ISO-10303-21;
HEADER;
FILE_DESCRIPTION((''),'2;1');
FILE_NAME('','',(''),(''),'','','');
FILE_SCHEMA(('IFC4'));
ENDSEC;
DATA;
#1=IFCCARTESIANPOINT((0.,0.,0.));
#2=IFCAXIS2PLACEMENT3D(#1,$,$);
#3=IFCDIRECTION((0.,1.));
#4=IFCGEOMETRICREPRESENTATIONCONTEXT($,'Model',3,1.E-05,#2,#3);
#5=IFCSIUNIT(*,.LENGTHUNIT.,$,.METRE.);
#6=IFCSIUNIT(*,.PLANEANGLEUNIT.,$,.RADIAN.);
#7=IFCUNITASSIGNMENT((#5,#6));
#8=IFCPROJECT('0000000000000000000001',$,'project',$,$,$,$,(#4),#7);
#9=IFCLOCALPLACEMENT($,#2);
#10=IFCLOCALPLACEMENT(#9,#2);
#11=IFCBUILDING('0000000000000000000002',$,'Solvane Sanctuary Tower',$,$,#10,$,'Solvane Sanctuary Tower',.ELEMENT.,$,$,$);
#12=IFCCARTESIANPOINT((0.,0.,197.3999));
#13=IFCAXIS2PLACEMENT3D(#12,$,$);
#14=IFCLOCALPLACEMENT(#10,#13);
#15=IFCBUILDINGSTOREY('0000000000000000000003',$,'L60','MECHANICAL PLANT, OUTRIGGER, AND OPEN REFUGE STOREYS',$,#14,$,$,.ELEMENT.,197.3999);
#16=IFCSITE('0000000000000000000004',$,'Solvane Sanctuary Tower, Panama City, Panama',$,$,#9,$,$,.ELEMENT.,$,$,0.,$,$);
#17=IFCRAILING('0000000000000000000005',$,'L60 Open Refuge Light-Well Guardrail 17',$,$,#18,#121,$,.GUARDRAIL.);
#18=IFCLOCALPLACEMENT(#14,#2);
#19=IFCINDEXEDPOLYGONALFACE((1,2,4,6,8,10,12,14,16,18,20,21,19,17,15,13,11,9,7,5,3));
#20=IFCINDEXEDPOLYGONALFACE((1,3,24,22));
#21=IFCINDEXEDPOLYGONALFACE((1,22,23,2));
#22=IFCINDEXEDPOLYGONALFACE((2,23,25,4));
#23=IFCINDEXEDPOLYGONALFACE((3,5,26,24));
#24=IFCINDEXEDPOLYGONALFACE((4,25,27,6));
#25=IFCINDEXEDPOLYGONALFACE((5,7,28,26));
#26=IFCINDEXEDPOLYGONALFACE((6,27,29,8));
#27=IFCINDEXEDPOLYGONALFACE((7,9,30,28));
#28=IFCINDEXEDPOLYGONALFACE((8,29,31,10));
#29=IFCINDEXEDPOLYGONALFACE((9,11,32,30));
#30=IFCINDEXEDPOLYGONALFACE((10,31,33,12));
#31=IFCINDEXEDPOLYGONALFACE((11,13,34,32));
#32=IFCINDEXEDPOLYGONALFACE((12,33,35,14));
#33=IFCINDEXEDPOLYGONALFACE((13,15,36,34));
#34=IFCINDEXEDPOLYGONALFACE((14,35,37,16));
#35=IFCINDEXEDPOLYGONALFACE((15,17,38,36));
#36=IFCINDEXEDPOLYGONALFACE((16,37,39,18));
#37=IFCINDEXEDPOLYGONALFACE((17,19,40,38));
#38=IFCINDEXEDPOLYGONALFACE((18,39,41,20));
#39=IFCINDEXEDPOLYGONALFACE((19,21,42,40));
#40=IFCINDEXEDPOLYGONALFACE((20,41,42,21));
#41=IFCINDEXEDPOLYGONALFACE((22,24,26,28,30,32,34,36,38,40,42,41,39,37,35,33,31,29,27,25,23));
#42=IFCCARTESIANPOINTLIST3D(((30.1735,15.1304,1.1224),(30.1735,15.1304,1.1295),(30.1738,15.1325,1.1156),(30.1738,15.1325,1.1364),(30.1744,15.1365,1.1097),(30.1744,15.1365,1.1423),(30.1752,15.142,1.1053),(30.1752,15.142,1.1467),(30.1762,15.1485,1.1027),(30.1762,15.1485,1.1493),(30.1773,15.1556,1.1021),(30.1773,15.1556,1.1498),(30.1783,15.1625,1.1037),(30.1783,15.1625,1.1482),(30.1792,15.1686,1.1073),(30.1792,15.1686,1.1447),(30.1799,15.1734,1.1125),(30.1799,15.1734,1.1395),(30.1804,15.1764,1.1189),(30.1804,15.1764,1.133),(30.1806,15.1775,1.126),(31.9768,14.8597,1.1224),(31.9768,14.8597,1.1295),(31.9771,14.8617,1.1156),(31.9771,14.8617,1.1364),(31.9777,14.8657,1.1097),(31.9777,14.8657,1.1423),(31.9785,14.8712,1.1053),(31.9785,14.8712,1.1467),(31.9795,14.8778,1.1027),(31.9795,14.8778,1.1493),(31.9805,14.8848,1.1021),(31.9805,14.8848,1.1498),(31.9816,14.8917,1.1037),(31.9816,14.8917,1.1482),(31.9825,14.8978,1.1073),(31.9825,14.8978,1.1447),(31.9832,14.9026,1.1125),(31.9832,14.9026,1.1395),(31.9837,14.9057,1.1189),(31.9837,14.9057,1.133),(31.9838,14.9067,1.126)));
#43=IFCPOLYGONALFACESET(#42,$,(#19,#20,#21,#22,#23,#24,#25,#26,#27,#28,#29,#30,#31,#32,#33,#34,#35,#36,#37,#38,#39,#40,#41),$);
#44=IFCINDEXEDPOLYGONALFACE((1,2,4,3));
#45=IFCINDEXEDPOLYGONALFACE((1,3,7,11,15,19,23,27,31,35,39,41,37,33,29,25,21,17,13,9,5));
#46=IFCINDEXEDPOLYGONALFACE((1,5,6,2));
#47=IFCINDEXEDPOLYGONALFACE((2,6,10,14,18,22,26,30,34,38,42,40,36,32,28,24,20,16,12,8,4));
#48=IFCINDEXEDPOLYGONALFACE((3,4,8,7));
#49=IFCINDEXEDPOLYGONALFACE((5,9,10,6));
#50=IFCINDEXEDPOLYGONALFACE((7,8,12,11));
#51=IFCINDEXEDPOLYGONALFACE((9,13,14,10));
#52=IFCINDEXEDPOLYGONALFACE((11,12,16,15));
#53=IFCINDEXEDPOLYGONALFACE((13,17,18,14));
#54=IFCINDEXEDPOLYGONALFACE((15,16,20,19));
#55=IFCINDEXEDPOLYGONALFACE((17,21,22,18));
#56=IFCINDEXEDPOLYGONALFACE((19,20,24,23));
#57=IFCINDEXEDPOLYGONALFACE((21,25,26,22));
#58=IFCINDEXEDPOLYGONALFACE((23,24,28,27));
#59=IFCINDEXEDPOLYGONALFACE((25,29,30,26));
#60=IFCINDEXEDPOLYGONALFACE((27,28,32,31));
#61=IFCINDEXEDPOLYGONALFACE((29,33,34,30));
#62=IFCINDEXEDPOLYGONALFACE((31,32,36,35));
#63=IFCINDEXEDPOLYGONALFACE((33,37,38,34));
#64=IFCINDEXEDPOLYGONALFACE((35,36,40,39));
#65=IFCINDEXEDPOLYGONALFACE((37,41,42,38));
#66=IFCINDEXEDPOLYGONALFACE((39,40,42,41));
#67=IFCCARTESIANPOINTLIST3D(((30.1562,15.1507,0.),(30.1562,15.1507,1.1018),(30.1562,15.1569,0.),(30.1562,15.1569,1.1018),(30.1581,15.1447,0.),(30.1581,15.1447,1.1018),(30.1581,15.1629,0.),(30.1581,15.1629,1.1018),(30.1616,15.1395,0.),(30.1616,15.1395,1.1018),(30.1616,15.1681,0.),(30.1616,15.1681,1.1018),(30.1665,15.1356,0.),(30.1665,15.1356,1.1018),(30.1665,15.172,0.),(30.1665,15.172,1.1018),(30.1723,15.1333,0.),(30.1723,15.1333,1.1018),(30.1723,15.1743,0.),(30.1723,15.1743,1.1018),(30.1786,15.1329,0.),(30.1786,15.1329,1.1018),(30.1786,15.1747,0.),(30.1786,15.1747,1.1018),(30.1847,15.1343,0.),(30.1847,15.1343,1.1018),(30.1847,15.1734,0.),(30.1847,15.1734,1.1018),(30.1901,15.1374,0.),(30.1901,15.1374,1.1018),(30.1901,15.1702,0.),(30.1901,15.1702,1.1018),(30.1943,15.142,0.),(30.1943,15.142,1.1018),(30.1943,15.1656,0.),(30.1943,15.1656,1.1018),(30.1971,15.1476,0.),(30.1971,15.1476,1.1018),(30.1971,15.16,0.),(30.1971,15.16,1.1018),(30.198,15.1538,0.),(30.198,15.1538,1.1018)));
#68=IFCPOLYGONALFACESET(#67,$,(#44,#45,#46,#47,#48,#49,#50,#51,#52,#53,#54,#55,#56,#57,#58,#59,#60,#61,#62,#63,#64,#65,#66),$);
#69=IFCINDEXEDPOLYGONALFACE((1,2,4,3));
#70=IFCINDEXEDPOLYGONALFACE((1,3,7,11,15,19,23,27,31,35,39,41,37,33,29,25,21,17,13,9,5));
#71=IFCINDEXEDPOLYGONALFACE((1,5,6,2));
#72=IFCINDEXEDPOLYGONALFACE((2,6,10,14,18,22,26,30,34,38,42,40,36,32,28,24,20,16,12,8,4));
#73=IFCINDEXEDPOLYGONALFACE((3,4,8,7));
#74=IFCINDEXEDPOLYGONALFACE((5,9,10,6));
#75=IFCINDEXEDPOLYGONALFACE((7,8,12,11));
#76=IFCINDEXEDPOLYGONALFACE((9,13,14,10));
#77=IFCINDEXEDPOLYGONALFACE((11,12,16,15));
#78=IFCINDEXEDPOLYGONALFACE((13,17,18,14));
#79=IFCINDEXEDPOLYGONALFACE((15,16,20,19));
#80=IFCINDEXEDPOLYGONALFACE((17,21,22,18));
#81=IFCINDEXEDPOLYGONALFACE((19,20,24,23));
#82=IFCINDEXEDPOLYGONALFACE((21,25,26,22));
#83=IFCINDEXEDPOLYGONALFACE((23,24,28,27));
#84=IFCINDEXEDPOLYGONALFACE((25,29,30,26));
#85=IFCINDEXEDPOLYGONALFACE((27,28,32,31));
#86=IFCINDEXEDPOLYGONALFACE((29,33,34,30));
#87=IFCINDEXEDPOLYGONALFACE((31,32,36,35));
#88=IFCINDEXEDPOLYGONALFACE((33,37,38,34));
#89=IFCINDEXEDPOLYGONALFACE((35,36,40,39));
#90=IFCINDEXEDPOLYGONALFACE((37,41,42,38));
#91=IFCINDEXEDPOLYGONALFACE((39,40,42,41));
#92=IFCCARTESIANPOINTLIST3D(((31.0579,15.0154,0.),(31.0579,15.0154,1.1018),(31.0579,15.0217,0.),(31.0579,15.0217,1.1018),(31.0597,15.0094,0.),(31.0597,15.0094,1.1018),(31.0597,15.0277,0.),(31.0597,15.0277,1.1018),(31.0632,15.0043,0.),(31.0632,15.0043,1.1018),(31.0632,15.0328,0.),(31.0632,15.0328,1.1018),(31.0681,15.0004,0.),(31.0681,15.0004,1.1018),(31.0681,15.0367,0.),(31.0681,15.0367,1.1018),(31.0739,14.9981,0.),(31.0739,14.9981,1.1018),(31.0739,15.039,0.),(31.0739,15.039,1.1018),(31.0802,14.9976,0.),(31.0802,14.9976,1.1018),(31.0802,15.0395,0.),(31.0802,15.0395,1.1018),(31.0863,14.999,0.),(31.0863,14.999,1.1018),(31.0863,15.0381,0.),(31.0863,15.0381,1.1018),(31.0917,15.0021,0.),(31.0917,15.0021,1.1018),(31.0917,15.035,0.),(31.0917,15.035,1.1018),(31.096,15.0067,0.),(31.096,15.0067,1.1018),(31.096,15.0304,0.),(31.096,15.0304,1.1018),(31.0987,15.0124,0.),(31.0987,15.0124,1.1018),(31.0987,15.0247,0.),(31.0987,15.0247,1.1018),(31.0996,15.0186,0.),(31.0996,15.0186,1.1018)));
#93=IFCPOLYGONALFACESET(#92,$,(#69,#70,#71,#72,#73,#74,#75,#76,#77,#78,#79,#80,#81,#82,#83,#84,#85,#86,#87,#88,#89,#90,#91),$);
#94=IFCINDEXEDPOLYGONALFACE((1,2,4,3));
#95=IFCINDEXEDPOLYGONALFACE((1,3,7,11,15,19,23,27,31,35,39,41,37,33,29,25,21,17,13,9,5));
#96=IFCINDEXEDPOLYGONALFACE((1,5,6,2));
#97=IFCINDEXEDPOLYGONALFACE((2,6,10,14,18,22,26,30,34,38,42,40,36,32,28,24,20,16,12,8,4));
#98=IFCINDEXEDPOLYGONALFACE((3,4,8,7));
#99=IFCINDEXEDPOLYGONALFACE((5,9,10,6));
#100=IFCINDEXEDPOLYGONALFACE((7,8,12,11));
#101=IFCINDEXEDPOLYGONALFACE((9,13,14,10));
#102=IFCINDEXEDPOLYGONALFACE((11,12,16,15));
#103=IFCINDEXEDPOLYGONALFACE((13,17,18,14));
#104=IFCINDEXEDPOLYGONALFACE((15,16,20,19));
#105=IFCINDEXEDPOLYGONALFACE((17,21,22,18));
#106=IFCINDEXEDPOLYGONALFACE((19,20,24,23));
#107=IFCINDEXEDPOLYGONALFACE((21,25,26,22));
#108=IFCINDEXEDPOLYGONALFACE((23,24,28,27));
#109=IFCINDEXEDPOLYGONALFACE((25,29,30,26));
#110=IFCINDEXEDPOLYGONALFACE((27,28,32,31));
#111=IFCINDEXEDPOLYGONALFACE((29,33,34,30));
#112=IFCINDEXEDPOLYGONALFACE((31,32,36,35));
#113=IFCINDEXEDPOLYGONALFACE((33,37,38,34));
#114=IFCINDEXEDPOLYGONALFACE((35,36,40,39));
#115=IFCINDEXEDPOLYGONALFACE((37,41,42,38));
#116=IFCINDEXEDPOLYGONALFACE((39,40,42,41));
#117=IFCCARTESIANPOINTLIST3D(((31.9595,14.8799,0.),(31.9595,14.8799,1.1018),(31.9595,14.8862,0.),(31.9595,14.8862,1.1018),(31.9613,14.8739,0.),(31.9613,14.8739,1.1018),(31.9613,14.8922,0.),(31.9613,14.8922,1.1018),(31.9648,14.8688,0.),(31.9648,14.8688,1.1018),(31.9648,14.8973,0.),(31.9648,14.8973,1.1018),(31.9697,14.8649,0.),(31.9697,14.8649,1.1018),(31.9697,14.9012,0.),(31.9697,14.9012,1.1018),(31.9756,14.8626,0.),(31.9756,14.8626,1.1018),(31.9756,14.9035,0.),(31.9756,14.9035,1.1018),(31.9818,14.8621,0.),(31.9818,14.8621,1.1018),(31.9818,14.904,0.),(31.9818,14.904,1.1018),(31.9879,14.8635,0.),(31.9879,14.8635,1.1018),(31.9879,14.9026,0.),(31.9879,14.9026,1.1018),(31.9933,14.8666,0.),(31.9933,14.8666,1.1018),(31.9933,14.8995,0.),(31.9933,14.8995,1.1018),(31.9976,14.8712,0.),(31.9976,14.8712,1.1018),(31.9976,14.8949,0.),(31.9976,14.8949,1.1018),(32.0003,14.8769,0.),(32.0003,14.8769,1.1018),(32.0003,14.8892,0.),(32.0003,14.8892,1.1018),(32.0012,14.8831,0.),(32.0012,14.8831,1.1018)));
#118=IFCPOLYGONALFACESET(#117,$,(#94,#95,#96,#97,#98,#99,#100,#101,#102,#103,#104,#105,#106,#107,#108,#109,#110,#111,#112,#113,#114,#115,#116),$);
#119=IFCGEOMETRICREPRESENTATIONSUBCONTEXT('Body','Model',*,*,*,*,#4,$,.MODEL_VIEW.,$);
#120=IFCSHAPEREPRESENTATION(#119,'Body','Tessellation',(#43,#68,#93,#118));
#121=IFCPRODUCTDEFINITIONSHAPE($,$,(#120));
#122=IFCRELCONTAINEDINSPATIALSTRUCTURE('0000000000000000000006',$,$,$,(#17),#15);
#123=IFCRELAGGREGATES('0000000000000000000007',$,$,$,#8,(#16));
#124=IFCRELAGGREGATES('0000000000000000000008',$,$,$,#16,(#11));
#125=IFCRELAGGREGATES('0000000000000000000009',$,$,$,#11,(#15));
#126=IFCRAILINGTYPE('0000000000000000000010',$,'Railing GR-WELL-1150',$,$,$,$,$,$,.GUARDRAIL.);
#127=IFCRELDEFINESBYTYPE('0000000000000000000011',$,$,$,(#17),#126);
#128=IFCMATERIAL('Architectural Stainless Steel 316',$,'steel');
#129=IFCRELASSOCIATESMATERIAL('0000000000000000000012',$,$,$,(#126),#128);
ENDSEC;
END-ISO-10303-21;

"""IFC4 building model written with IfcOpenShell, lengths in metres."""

from ifc_helpers import new_model, si_unit, direction, frame, origin, origin_2d, place, context, subcontext, project, spatial, circle, extrude, material, type_object, element, save


model = new_model("IFC4")

# Units and contexts
model_context = context("Model", 3, precision=1e-05, world=origin(), true_north=direction((0.0, 1.0)))
body_context = subcontext(model_context, "Body", "Model", "MODEL_VIEW")
ifc_project = project(units=[si_unit("LENGTHUNIT", "METRE"), si_unit("PLANEANGLEUNIT", "RADIAN")], contexts=[model_context])

# Site, building, storey
site_placement = place(None, origin())
site = spatial("IfcSite", under=ifc_project, at=site_placement, Name="Solvane Sanctuary Tower, Panama City, Panama", CompositionType="ELEMENT", RefElevation=0.0)
building_placement = place(site_placement, origin())
building = spatial("IfcBuilding", under=site, at=building_placement, Name="Solvane Sanctuary Tower", LongName="Solvane Sanctuary Tower", CompositionType="ELEMENT")
storey_placement = place(building_placement, frame((0.0, 0.0, 197.3999)))
storey = spatial("IfcBuildingStorey", under=building, at=storey_placement, Name="L60", Description="MECHANICAL PLANT, OUTRIGGER, AND OPEN REFUGE STOREYS", CompositionType="ELEMENT", Elevation=197.3999)

# Shared definitions
ifc_material_1 = material(Name="Architectural Stainless Steel 316", Category="steel")

# Railing
railing_type_1 = type_object("IfcRailingType", Name="Railing GR-WELL-1150", PredefinedType="GUARDRAIL", material=ifc_material_1)
railing_1_placement = place(storey_placement, frame((30.177, 15.1538, 0.0)))
element("IfcRailing", 1, at=railing_1_placement, inside=storey, type_object=railing_type_1, Name="L60 Open Refuge Light-Well Guardrail 17", PredefinedType="GUARDRAIL", context=body_context, shape_type="SweptSolid", body=[
    extrude(circle(Radius=0.0239, at=origin_2d()), frame((0.0, 0.0, 1.126), z_axis=(0.988915, -0.148484, 0.0), x_axis=(0.148484, 0.988915, 0.0)), (0.0, 0.0, 1.0), 1.8235),
    extrude(circle(Radius=0.021, at=origin_2d()), origin(), (0.0, 0.0, 1.0), 1.1018),
    extrude(circle(Radius=0.021, at=origin_2d()), frame((0.9016, -0.1353, 0.0)), (0.0, 0.0, 1.0), 1.1018),
    extrude(circle(Radius=0.021, at=origin_2d()), frame((1.8032, -0.2708, 0.0)), (0.0, 0.0, 1.0), 1.1018),
])

save(model, "model.ifc")
